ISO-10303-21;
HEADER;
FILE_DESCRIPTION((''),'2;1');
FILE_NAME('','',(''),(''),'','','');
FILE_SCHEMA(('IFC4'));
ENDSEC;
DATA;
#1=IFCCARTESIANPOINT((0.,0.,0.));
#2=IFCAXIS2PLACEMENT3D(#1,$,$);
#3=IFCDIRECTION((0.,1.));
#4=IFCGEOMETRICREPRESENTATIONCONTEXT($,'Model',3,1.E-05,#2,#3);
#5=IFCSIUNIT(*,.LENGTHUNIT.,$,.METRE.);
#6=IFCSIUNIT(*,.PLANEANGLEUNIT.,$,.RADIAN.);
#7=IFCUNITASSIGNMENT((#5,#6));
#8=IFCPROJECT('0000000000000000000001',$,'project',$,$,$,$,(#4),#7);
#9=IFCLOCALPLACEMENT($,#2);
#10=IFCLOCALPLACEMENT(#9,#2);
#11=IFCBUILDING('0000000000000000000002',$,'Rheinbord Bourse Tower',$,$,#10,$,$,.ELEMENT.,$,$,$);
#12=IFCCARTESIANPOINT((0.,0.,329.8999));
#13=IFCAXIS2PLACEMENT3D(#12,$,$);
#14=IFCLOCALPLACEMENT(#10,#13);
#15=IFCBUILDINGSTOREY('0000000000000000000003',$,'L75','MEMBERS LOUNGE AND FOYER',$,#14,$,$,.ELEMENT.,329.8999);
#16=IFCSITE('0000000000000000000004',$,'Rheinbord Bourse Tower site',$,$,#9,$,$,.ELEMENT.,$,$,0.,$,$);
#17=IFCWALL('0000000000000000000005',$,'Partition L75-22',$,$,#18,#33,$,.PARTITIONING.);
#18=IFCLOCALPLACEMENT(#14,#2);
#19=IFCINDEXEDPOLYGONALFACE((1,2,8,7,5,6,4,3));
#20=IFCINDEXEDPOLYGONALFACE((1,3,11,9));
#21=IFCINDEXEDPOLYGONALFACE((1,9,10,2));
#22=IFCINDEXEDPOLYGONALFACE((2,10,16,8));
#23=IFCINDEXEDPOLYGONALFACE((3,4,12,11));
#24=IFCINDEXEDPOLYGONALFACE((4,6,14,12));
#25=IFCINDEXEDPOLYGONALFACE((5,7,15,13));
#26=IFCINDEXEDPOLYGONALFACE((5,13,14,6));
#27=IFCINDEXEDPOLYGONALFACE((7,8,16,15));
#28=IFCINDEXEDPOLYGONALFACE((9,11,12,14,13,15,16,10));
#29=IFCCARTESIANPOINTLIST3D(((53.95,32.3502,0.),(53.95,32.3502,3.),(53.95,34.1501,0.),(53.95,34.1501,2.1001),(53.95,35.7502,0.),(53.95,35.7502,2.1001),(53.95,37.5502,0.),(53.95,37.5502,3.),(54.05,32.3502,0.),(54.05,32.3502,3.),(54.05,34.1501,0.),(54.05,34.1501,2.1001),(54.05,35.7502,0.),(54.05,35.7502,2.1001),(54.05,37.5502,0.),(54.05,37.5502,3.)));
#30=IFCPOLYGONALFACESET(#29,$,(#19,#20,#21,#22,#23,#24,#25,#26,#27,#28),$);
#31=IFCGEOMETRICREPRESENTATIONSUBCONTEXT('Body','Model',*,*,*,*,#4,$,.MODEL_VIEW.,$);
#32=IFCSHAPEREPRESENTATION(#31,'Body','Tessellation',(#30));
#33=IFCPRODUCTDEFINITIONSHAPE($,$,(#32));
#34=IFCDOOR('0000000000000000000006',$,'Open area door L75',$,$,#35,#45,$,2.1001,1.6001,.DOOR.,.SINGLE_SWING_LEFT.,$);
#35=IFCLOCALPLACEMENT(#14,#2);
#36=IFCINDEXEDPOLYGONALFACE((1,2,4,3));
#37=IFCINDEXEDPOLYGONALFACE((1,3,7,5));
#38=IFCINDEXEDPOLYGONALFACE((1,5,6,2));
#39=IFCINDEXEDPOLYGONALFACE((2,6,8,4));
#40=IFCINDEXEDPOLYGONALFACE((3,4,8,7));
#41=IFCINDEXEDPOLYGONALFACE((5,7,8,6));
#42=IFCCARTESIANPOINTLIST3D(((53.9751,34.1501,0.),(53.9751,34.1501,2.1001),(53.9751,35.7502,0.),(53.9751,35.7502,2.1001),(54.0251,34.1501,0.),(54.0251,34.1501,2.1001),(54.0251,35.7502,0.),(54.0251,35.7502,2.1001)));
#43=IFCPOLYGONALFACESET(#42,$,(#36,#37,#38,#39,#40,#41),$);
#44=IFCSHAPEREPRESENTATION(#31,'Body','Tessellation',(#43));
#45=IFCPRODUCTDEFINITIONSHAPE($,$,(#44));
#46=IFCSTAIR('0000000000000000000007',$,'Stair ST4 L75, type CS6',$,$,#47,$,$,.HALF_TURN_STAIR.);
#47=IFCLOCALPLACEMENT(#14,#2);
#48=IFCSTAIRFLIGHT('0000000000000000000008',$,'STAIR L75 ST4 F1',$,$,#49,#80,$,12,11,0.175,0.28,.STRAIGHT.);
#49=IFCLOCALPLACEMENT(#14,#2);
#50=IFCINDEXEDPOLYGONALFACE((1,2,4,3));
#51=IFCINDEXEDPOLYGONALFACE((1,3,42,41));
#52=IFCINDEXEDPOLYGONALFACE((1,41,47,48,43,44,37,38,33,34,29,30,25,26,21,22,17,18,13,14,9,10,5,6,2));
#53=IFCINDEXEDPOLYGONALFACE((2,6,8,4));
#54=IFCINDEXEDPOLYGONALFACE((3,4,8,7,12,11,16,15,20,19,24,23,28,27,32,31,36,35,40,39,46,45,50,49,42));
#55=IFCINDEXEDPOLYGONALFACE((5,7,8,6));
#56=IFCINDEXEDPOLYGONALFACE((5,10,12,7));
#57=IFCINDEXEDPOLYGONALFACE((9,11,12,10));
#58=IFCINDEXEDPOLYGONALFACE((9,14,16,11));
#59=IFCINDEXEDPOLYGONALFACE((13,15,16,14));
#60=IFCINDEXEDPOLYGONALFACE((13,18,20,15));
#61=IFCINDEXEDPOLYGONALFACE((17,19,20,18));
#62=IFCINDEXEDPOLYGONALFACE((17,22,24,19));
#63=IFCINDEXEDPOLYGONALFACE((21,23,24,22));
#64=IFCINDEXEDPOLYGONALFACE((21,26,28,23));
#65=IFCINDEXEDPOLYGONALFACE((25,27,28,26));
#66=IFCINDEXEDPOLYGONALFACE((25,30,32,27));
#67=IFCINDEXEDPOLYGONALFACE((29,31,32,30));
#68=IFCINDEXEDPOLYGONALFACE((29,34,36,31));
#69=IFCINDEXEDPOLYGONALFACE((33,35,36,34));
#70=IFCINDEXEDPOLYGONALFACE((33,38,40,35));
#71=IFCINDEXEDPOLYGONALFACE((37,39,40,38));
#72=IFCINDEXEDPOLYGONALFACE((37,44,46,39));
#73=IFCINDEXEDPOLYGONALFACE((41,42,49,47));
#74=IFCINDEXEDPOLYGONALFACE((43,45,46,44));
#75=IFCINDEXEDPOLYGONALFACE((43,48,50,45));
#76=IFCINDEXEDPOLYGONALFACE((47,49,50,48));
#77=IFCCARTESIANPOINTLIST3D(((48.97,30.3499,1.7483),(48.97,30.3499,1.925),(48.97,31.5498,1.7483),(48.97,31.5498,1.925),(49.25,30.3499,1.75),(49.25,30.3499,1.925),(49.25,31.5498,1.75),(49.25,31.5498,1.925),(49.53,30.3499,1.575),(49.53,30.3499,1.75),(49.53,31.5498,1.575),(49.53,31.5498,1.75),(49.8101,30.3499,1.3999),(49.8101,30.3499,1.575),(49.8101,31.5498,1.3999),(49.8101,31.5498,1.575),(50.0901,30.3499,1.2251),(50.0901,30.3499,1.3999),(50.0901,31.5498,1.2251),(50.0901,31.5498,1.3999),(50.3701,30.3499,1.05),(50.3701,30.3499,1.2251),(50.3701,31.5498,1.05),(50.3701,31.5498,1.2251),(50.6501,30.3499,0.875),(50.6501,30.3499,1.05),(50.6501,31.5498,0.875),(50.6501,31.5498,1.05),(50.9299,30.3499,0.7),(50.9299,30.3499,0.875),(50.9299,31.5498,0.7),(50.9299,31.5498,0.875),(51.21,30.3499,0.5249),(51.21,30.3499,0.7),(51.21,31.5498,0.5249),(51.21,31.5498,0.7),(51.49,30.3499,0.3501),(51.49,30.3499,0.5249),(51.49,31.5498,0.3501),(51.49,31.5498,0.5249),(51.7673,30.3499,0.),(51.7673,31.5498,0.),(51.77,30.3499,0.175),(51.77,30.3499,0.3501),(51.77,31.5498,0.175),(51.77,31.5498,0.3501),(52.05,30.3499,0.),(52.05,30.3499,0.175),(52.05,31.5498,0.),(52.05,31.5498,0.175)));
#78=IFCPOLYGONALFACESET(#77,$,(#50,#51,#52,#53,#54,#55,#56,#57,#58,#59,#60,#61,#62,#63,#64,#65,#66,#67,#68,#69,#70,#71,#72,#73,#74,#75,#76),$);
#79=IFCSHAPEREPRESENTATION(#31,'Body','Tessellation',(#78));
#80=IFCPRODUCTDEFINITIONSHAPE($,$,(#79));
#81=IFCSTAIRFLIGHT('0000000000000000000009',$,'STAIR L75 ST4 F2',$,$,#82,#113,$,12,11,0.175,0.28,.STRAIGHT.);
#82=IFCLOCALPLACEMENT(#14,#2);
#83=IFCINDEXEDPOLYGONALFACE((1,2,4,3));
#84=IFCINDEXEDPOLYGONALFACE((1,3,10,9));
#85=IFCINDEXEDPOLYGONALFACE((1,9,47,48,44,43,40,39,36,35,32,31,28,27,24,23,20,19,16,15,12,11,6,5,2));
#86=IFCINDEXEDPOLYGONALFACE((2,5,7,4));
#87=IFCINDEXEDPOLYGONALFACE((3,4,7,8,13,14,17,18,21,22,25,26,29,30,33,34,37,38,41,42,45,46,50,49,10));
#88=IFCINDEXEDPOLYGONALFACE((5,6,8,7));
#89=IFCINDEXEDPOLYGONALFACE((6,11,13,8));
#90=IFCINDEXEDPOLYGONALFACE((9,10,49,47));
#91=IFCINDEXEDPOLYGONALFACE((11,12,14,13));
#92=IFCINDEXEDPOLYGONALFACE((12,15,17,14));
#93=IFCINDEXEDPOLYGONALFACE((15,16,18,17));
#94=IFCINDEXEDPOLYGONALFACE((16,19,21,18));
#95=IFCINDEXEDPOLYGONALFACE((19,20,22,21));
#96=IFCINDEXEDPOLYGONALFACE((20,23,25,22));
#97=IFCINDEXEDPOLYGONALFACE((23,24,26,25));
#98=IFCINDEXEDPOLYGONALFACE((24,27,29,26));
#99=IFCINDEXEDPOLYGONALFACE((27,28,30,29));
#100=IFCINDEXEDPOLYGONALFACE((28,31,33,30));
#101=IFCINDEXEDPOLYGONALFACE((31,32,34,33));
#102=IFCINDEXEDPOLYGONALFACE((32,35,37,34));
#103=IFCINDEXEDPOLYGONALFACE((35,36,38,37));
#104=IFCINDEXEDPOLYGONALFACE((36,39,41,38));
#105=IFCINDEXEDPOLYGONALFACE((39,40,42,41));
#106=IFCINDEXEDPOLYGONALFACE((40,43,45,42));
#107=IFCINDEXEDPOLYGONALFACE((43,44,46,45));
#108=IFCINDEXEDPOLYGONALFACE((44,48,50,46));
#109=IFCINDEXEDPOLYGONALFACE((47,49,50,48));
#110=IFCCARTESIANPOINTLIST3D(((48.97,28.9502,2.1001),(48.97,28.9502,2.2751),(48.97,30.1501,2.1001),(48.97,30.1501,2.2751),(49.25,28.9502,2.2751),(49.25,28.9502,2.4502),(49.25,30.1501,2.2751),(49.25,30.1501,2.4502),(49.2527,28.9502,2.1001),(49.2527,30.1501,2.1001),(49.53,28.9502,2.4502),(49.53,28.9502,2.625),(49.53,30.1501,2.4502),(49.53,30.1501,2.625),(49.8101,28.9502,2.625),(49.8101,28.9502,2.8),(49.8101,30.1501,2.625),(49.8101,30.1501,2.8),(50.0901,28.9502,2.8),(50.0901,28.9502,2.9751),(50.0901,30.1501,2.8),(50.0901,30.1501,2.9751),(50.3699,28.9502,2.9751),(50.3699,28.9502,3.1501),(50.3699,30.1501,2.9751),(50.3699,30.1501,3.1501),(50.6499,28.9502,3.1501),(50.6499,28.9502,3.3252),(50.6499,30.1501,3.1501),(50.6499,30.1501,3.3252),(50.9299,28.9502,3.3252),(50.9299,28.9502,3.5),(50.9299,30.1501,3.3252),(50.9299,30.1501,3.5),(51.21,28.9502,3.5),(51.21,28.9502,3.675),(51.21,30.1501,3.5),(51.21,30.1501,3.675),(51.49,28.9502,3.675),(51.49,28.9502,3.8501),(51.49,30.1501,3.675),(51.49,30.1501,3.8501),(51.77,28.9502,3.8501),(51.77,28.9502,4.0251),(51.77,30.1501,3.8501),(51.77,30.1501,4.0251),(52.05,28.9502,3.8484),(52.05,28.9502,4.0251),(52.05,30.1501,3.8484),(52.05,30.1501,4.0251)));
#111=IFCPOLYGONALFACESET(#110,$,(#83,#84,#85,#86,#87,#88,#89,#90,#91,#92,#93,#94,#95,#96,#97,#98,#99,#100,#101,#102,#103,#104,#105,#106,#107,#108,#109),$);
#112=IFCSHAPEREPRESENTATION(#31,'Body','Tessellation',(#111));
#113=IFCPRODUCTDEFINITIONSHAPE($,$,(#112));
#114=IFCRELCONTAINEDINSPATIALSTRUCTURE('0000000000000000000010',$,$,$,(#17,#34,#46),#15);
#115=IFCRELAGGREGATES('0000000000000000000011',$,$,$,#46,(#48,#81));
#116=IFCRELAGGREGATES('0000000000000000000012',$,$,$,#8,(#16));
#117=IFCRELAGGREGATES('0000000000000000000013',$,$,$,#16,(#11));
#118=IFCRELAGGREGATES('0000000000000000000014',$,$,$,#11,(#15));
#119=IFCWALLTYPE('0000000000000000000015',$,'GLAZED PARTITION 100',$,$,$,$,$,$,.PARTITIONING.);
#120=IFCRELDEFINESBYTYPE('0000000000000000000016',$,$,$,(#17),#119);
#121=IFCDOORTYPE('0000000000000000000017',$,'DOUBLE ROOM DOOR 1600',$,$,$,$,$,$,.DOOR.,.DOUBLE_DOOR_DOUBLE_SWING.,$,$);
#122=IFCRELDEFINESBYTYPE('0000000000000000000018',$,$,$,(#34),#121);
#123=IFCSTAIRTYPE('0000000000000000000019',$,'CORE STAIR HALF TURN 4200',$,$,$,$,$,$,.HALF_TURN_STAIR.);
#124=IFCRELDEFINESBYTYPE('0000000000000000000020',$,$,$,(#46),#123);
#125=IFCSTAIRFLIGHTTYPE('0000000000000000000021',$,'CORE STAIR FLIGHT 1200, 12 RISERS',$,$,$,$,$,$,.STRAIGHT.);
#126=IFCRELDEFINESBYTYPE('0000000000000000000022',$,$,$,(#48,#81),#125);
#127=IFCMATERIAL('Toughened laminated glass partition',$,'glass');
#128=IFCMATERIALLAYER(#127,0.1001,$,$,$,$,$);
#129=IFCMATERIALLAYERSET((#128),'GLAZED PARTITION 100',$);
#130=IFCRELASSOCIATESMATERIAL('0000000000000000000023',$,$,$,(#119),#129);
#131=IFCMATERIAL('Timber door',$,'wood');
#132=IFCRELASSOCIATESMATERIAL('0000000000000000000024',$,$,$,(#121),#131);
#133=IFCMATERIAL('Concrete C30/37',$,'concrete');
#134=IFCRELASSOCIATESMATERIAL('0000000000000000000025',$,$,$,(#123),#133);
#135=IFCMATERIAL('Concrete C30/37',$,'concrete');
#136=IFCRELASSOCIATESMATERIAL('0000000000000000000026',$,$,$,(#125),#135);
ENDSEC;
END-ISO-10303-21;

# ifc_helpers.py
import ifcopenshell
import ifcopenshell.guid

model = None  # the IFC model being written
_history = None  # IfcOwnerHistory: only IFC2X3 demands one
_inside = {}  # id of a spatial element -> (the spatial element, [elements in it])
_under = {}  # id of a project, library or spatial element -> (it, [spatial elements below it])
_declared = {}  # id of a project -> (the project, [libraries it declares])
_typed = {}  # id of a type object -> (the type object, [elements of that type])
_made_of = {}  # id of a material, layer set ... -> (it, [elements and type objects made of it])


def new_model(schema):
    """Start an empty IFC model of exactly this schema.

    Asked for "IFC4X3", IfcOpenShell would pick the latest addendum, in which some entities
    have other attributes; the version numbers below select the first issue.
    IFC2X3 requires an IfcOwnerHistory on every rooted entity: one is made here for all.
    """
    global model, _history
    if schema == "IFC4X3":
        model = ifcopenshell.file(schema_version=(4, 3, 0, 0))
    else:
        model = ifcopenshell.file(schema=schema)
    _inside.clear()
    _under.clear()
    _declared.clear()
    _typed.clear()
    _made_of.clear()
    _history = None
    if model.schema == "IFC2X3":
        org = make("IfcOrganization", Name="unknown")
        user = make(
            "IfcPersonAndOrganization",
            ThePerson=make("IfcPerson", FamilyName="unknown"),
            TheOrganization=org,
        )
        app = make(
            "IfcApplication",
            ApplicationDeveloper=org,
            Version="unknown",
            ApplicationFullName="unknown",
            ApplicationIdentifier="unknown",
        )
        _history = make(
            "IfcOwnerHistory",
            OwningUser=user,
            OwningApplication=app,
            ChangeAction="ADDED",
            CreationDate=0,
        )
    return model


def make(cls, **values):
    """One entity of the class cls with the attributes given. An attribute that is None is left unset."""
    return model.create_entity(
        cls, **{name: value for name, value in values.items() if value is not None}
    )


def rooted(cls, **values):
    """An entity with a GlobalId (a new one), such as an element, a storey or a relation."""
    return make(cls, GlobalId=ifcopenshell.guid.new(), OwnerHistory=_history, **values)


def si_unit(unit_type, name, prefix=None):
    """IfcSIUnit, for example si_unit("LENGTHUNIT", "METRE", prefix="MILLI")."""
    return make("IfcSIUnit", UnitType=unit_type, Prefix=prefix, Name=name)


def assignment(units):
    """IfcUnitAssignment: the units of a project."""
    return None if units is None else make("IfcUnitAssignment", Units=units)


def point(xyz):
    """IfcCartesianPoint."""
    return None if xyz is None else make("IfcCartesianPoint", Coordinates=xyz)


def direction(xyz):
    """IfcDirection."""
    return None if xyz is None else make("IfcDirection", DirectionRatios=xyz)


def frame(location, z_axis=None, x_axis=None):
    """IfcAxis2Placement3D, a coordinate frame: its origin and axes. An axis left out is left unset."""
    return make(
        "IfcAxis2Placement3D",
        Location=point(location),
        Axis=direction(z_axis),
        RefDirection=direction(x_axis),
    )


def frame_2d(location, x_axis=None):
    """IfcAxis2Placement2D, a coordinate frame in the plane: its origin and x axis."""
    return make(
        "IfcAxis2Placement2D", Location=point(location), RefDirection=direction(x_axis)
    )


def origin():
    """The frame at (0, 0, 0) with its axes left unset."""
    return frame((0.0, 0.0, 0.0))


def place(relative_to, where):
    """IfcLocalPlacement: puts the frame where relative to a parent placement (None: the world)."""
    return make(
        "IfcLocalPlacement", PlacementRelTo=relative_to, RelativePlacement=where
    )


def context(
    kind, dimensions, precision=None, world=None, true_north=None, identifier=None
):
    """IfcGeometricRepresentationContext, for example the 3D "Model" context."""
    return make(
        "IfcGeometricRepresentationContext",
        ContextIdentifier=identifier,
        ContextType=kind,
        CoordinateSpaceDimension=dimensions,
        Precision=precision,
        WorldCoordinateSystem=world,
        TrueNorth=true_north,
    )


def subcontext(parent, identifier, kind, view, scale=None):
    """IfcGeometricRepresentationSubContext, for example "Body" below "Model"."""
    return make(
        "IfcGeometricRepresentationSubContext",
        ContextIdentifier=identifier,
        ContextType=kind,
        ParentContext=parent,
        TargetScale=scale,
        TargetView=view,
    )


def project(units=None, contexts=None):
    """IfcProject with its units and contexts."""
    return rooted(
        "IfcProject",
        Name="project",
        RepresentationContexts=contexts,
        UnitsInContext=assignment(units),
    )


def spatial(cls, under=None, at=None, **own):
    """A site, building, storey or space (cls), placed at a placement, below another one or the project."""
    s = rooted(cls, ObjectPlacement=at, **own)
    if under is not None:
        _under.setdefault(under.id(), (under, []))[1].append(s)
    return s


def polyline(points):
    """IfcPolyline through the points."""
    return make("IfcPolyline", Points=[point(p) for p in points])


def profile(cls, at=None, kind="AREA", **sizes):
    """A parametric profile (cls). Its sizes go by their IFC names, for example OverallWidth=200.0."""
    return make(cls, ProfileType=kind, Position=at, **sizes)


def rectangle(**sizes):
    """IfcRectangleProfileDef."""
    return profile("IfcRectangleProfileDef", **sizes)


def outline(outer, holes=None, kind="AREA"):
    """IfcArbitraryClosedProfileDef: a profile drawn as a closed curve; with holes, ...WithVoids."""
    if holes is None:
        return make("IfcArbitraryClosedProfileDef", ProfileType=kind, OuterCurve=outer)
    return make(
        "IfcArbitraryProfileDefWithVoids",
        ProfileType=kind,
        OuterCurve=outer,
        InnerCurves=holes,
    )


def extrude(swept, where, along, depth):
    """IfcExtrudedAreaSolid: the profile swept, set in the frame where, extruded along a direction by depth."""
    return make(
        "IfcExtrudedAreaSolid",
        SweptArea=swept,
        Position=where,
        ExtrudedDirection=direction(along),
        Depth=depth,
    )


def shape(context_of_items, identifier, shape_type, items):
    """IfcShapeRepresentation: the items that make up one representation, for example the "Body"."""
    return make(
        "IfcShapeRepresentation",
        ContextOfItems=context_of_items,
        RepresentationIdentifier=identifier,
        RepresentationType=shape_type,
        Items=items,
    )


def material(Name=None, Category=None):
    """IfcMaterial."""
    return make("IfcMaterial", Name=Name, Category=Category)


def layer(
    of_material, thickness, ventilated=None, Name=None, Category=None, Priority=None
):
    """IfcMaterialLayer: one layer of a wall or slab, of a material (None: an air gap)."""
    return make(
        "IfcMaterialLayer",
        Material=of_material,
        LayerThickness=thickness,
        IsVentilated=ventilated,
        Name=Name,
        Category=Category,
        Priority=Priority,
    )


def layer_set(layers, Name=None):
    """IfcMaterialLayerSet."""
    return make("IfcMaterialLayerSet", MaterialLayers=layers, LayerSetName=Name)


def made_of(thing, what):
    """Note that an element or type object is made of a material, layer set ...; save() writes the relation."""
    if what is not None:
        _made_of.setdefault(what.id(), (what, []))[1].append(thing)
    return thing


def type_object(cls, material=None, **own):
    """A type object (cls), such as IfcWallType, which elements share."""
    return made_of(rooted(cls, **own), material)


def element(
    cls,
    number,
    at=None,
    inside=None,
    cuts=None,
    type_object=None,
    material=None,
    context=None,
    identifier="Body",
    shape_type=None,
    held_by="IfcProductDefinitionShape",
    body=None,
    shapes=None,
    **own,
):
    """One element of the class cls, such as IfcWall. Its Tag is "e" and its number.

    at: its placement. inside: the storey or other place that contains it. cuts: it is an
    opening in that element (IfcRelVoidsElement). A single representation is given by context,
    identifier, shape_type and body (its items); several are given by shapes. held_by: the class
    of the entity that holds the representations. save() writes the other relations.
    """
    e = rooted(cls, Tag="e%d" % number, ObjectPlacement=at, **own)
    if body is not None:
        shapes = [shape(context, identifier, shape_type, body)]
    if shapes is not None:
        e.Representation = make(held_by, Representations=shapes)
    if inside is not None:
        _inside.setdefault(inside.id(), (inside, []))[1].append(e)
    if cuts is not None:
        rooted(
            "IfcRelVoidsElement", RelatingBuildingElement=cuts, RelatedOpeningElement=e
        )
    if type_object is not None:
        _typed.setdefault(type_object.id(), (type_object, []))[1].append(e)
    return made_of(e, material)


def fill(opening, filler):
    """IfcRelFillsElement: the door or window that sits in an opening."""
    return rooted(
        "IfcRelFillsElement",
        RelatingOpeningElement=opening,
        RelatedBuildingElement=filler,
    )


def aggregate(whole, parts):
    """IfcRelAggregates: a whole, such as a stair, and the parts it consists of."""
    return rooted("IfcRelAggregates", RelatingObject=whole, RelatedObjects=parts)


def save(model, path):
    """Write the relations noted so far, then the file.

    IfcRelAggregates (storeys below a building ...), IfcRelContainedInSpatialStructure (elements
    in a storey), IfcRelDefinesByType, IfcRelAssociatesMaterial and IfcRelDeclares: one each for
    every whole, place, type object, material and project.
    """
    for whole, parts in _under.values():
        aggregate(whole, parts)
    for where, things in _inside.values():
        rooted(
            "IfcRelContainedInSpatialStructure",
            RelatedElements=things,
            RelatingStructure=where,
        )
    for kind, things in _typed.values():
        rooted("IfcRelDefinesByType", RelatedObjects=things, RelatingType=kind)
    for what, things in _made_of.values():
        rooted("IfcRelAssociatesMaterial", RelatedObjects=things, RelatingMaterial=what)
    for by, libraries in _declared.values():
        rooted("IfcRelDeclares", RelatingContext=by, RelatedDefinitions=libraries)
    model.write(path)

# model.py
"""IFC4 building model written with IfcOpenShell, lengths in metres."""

from ifc_helpers import new_model, si_unit, direction, frame, frame_2d, origin, place, context, subcontext, project, spatial, polyline, rectangle, outline, extrude, material, layer, layer_set, type_object, element, fill, aggregate, save


model = new_model("IFC4")

# Units and contexts
model_context = context("Model", 3, precision=1e-05, world=origin(), true_north=direction((0.0, 1.0)))
body_context = subcontext(model_context, "Body", "Model", "MODEL_VIEW")
ifc_project = project(units=[si_unit("LENGTHUNIT", "METRE"), si_unit("PLANEANGLEUNIT", "RADIAN")], contexts=[model_context])

# Site, building, storey
site_placement = place(None, origin())
site = spatial("IfcSite", under=ifc_project, at=site_placement, Name="Rheinbord Bourse Tower site", CompositionType="ELEMENT", RefElevation=0.0)
building_placement = place(site_placement, origin())
building = spatial("IfcBuilding", under=site, at=building_placement, Name="Rheinbord Bourse Tower", CompositionType="ELEMENT")
storey_placement = place(building_placement, frame((0.0, 0.0, 329.8999)))
storey = spatial("IfcBuildingStorey", under=building, at=storey_placement, Name="L75", Description="MEMBERS LOUNGE AND FOYER", CompositionType="ELEMENT", Elevation=329.8999)

# Wall, opening, door
ifc_material_1 = material(Name="Toughened laminated glass partition", Category="glass")
ifc_layer_1 = layer(ifc_material_1, 0.1001)
ifc_layer_set_1 = layer_set([ifc_layer_1], Name="GLAZED PARTITION 100")
wall_type_1 = type_object("IfcWallType", Name="GLAZED PARTITION 100", PredefinedType="PARTITIONING", material=ifc_layer_set_1)
wall_1_placement = place(storey_placement, frame((54.0, 32.3501, 0.0), z_axis=(0.0, 0.0, 1.0), x_axis=(0.0, 1.0, 0.0)))
wall_1 = element("IfcWall", 1, at=wall_1_placement, inside=storey, type_object=wall_type_1, Name="Partition L75-22", PredefinedType="PARTITIONING", context=body_context, shape_type="SweptSolid", body=[
    extrude(rectangle(XDim=5.2, YDim=0.1001, at=frame_2d((2.6001, 0.0))), origin(), (0.0, 0.0, 1.0), 3.0),
])
opening_1_placement = place(wall_1_placement, frame((1.8, 0.0, 0.0)))
opening_1 = element("IfcOpeningElement", 2, at=opening_1_placement, cuts=wall_1, PredefinedType="OPENING", context=body_context, shape_type="SweptSolid", body=[
    extrude(rectangle(XDim=1.6001, YDim=2.1001, at=frame_2d((0.8, 1.05))), frame((0.0, 0.0601, 0.0), z_axis=(0.0, -1.0, 0.0), x_axis=(1.0, 0.0, 0.0)), (0.0, 0.0, 1.0), 0.1201),
])
ifc_material_2 = material(Name="Timber door", Category="wood")
door_type_1 = type_object("IfcDoorType", Name="DOUBLE ROOM DOOR 1600", OperationType="DOUBLE_DOOR_DOUBLE_SWING", PredefinedType="DOOR", material=ifc_material_2)
door_1_placement = place(opening_1_placement, origin())
door_1 = element("IfcDoor", 3, at=door_1_placement, inside=storey, type_object=door_type_1, Name="Open area door L75", OperationType="SINGLE_SWING_LEFT", OverallHeight=2.1001, OverallWidth=1.6001, PredefinedType="DOOR", context=body_context, shape_type="SweptSolid", body=[
    extrude(rectangle(XDim=1.6001, YDim=2.1001, at=frame_2d((0.8, 1.05))), frame((0.0, 0.0249, 0.0), z_axis=(0.0, -1.0, 0.0), x_axis=(1.0, 0.0, 0.0)), (0.0, 0.0, 1.0), 0.05),
])
fill(opening_1, door_1)

# Stair, stair flights
ifc_material_3 = material(Name="Concrete C30/37", Category="concrete")
stair_type = type_object("IfcStairType", Name="CORE STAIR HALF TURN 4200", PredefinedType="HALF_TURN_STAIR", material=ifc_material_3)
stair_placement = place(storey_placement, origin())
stair = element("IfcStair", 4, at=stair_placement, inside=storey, type_object=stair_type, Name="Stair ST4 L75, type CS6", PredefinedType="HALF_TURN_STAIR")
ifc_material_4 = material(Name="Concrete C30/37", Category="concrete")
stair_flight_type = type_object("IfcStairFlightType", Name="CORE STAIR FLIGHT 1200, 12 RISERS", PredefinedType="STRAIGHT", material=ifc_material_4)
stair_flight_1_placement = place(storey_placement, frame((52.05, 30.95, 0.0), z_axis=(0.0, 0.0, 1.0), x_axis=(-1.0, 0.0, 0.0)))
stair_flight_1 = element("IfcStairFlight", 5, at=stair_flight_1_placement, type_object=stair_flight_type, Name="STAIR L75 ST4 F1", NumberOfRisers=12, NumberOfTreads=11, PredefinedType="STRAIGHT", RiserHeight=0.175, TreadLength=0.28, context=body_context, shape_type="SweptSolid", body=[
    extrude(outline(polyline([(0.0, 0.0), (0.0, 0.175), (0.28, 0.175), (0.28, 0.3501), (0.5601, 0.3501), (0.5601, 0.5249), (0.8401, 0.5249), (0.8401, 0.7), (1.1201, 0.7), (1.1201, 0.875), (1.3999, 0.875), (1.3999, 1.05), (1.6799, 1.05), (1.6799, 1.2251), (1.96, 1.2251), (1.96, 1.3999), (2.24, 1.3999), (2.24, 1.575), (2.52, 1.575), (2.52, 1.75), (2.8, 1.75), (2.8, 1.925), (3.0801, 1.925), (3.0801, 2.1001), (3.0801, 1.7483), (0.2827, 0.0), (0.0, 0.0)])), frame((0.0, 0.6001, 0.0), z_axis=(0.0, -1.0, 0.0), x_axis=(1.0, 0.0, 0.0)), (0.0, 0.0, 1.0), 1.2),
])
stair_flight_2_placement = place(storey_placement, frame((48.97, 29.55, 2.1001), z_axis=(0.0, 0.0, 1.0), x_axis=(1.0, 0.0, 0.0)))
stair_flight_2 = element("IfcStairFlight", 6, at=stair_flight_2_placement, type_object=stair_flight_type, Name="STAIR L75 ST4 F2", NumberOfRisers=12, NumberOfTreads=11, PredefinedType="STRAIGHT", RiserHeight=0.175, TreadLength=0.28, context=body_context, shape_type="SweptSolid", body=[
    extrude(outline(polyline([(0.0, 0.0), (0.0, 0.175), (0.28, 0.175), (0.28, 0.3501), (0.5601, 0.3501), (0.5601, 0.5249), (0.8401, 0.5249), (0.8401, 0.7), (1.1201, 0.7), (1.1201, 0.875), (1.3999, 0.875), (1.3999, 1.05), (1.6799, 1.05), (1.6799, 1.2251), (1.96, 1.2251), (1.96, 1.3999), (2.24, 1.3999), (2.24, 1.575), (2.52, 1.575), (2.52, 1.75), (2.8, 1.75), (2.8, 1.925), (3.0801, 1.925), (3.0801, 2.1001), (3.0801, 1.7483), (0.2827, 0.0), (0.0, 0.0)])), frame((0.0, 0.6001, 0.0), z_axis=(0.0, -1.0, 0.0), x_axis=(1.0, 0.0, 0.0)), (0.0, 0.0, 1.0), 1.2),
])
aggregate(stair, [stair_flight_1, stair_flight_2])

save(model, "model.ifc")
